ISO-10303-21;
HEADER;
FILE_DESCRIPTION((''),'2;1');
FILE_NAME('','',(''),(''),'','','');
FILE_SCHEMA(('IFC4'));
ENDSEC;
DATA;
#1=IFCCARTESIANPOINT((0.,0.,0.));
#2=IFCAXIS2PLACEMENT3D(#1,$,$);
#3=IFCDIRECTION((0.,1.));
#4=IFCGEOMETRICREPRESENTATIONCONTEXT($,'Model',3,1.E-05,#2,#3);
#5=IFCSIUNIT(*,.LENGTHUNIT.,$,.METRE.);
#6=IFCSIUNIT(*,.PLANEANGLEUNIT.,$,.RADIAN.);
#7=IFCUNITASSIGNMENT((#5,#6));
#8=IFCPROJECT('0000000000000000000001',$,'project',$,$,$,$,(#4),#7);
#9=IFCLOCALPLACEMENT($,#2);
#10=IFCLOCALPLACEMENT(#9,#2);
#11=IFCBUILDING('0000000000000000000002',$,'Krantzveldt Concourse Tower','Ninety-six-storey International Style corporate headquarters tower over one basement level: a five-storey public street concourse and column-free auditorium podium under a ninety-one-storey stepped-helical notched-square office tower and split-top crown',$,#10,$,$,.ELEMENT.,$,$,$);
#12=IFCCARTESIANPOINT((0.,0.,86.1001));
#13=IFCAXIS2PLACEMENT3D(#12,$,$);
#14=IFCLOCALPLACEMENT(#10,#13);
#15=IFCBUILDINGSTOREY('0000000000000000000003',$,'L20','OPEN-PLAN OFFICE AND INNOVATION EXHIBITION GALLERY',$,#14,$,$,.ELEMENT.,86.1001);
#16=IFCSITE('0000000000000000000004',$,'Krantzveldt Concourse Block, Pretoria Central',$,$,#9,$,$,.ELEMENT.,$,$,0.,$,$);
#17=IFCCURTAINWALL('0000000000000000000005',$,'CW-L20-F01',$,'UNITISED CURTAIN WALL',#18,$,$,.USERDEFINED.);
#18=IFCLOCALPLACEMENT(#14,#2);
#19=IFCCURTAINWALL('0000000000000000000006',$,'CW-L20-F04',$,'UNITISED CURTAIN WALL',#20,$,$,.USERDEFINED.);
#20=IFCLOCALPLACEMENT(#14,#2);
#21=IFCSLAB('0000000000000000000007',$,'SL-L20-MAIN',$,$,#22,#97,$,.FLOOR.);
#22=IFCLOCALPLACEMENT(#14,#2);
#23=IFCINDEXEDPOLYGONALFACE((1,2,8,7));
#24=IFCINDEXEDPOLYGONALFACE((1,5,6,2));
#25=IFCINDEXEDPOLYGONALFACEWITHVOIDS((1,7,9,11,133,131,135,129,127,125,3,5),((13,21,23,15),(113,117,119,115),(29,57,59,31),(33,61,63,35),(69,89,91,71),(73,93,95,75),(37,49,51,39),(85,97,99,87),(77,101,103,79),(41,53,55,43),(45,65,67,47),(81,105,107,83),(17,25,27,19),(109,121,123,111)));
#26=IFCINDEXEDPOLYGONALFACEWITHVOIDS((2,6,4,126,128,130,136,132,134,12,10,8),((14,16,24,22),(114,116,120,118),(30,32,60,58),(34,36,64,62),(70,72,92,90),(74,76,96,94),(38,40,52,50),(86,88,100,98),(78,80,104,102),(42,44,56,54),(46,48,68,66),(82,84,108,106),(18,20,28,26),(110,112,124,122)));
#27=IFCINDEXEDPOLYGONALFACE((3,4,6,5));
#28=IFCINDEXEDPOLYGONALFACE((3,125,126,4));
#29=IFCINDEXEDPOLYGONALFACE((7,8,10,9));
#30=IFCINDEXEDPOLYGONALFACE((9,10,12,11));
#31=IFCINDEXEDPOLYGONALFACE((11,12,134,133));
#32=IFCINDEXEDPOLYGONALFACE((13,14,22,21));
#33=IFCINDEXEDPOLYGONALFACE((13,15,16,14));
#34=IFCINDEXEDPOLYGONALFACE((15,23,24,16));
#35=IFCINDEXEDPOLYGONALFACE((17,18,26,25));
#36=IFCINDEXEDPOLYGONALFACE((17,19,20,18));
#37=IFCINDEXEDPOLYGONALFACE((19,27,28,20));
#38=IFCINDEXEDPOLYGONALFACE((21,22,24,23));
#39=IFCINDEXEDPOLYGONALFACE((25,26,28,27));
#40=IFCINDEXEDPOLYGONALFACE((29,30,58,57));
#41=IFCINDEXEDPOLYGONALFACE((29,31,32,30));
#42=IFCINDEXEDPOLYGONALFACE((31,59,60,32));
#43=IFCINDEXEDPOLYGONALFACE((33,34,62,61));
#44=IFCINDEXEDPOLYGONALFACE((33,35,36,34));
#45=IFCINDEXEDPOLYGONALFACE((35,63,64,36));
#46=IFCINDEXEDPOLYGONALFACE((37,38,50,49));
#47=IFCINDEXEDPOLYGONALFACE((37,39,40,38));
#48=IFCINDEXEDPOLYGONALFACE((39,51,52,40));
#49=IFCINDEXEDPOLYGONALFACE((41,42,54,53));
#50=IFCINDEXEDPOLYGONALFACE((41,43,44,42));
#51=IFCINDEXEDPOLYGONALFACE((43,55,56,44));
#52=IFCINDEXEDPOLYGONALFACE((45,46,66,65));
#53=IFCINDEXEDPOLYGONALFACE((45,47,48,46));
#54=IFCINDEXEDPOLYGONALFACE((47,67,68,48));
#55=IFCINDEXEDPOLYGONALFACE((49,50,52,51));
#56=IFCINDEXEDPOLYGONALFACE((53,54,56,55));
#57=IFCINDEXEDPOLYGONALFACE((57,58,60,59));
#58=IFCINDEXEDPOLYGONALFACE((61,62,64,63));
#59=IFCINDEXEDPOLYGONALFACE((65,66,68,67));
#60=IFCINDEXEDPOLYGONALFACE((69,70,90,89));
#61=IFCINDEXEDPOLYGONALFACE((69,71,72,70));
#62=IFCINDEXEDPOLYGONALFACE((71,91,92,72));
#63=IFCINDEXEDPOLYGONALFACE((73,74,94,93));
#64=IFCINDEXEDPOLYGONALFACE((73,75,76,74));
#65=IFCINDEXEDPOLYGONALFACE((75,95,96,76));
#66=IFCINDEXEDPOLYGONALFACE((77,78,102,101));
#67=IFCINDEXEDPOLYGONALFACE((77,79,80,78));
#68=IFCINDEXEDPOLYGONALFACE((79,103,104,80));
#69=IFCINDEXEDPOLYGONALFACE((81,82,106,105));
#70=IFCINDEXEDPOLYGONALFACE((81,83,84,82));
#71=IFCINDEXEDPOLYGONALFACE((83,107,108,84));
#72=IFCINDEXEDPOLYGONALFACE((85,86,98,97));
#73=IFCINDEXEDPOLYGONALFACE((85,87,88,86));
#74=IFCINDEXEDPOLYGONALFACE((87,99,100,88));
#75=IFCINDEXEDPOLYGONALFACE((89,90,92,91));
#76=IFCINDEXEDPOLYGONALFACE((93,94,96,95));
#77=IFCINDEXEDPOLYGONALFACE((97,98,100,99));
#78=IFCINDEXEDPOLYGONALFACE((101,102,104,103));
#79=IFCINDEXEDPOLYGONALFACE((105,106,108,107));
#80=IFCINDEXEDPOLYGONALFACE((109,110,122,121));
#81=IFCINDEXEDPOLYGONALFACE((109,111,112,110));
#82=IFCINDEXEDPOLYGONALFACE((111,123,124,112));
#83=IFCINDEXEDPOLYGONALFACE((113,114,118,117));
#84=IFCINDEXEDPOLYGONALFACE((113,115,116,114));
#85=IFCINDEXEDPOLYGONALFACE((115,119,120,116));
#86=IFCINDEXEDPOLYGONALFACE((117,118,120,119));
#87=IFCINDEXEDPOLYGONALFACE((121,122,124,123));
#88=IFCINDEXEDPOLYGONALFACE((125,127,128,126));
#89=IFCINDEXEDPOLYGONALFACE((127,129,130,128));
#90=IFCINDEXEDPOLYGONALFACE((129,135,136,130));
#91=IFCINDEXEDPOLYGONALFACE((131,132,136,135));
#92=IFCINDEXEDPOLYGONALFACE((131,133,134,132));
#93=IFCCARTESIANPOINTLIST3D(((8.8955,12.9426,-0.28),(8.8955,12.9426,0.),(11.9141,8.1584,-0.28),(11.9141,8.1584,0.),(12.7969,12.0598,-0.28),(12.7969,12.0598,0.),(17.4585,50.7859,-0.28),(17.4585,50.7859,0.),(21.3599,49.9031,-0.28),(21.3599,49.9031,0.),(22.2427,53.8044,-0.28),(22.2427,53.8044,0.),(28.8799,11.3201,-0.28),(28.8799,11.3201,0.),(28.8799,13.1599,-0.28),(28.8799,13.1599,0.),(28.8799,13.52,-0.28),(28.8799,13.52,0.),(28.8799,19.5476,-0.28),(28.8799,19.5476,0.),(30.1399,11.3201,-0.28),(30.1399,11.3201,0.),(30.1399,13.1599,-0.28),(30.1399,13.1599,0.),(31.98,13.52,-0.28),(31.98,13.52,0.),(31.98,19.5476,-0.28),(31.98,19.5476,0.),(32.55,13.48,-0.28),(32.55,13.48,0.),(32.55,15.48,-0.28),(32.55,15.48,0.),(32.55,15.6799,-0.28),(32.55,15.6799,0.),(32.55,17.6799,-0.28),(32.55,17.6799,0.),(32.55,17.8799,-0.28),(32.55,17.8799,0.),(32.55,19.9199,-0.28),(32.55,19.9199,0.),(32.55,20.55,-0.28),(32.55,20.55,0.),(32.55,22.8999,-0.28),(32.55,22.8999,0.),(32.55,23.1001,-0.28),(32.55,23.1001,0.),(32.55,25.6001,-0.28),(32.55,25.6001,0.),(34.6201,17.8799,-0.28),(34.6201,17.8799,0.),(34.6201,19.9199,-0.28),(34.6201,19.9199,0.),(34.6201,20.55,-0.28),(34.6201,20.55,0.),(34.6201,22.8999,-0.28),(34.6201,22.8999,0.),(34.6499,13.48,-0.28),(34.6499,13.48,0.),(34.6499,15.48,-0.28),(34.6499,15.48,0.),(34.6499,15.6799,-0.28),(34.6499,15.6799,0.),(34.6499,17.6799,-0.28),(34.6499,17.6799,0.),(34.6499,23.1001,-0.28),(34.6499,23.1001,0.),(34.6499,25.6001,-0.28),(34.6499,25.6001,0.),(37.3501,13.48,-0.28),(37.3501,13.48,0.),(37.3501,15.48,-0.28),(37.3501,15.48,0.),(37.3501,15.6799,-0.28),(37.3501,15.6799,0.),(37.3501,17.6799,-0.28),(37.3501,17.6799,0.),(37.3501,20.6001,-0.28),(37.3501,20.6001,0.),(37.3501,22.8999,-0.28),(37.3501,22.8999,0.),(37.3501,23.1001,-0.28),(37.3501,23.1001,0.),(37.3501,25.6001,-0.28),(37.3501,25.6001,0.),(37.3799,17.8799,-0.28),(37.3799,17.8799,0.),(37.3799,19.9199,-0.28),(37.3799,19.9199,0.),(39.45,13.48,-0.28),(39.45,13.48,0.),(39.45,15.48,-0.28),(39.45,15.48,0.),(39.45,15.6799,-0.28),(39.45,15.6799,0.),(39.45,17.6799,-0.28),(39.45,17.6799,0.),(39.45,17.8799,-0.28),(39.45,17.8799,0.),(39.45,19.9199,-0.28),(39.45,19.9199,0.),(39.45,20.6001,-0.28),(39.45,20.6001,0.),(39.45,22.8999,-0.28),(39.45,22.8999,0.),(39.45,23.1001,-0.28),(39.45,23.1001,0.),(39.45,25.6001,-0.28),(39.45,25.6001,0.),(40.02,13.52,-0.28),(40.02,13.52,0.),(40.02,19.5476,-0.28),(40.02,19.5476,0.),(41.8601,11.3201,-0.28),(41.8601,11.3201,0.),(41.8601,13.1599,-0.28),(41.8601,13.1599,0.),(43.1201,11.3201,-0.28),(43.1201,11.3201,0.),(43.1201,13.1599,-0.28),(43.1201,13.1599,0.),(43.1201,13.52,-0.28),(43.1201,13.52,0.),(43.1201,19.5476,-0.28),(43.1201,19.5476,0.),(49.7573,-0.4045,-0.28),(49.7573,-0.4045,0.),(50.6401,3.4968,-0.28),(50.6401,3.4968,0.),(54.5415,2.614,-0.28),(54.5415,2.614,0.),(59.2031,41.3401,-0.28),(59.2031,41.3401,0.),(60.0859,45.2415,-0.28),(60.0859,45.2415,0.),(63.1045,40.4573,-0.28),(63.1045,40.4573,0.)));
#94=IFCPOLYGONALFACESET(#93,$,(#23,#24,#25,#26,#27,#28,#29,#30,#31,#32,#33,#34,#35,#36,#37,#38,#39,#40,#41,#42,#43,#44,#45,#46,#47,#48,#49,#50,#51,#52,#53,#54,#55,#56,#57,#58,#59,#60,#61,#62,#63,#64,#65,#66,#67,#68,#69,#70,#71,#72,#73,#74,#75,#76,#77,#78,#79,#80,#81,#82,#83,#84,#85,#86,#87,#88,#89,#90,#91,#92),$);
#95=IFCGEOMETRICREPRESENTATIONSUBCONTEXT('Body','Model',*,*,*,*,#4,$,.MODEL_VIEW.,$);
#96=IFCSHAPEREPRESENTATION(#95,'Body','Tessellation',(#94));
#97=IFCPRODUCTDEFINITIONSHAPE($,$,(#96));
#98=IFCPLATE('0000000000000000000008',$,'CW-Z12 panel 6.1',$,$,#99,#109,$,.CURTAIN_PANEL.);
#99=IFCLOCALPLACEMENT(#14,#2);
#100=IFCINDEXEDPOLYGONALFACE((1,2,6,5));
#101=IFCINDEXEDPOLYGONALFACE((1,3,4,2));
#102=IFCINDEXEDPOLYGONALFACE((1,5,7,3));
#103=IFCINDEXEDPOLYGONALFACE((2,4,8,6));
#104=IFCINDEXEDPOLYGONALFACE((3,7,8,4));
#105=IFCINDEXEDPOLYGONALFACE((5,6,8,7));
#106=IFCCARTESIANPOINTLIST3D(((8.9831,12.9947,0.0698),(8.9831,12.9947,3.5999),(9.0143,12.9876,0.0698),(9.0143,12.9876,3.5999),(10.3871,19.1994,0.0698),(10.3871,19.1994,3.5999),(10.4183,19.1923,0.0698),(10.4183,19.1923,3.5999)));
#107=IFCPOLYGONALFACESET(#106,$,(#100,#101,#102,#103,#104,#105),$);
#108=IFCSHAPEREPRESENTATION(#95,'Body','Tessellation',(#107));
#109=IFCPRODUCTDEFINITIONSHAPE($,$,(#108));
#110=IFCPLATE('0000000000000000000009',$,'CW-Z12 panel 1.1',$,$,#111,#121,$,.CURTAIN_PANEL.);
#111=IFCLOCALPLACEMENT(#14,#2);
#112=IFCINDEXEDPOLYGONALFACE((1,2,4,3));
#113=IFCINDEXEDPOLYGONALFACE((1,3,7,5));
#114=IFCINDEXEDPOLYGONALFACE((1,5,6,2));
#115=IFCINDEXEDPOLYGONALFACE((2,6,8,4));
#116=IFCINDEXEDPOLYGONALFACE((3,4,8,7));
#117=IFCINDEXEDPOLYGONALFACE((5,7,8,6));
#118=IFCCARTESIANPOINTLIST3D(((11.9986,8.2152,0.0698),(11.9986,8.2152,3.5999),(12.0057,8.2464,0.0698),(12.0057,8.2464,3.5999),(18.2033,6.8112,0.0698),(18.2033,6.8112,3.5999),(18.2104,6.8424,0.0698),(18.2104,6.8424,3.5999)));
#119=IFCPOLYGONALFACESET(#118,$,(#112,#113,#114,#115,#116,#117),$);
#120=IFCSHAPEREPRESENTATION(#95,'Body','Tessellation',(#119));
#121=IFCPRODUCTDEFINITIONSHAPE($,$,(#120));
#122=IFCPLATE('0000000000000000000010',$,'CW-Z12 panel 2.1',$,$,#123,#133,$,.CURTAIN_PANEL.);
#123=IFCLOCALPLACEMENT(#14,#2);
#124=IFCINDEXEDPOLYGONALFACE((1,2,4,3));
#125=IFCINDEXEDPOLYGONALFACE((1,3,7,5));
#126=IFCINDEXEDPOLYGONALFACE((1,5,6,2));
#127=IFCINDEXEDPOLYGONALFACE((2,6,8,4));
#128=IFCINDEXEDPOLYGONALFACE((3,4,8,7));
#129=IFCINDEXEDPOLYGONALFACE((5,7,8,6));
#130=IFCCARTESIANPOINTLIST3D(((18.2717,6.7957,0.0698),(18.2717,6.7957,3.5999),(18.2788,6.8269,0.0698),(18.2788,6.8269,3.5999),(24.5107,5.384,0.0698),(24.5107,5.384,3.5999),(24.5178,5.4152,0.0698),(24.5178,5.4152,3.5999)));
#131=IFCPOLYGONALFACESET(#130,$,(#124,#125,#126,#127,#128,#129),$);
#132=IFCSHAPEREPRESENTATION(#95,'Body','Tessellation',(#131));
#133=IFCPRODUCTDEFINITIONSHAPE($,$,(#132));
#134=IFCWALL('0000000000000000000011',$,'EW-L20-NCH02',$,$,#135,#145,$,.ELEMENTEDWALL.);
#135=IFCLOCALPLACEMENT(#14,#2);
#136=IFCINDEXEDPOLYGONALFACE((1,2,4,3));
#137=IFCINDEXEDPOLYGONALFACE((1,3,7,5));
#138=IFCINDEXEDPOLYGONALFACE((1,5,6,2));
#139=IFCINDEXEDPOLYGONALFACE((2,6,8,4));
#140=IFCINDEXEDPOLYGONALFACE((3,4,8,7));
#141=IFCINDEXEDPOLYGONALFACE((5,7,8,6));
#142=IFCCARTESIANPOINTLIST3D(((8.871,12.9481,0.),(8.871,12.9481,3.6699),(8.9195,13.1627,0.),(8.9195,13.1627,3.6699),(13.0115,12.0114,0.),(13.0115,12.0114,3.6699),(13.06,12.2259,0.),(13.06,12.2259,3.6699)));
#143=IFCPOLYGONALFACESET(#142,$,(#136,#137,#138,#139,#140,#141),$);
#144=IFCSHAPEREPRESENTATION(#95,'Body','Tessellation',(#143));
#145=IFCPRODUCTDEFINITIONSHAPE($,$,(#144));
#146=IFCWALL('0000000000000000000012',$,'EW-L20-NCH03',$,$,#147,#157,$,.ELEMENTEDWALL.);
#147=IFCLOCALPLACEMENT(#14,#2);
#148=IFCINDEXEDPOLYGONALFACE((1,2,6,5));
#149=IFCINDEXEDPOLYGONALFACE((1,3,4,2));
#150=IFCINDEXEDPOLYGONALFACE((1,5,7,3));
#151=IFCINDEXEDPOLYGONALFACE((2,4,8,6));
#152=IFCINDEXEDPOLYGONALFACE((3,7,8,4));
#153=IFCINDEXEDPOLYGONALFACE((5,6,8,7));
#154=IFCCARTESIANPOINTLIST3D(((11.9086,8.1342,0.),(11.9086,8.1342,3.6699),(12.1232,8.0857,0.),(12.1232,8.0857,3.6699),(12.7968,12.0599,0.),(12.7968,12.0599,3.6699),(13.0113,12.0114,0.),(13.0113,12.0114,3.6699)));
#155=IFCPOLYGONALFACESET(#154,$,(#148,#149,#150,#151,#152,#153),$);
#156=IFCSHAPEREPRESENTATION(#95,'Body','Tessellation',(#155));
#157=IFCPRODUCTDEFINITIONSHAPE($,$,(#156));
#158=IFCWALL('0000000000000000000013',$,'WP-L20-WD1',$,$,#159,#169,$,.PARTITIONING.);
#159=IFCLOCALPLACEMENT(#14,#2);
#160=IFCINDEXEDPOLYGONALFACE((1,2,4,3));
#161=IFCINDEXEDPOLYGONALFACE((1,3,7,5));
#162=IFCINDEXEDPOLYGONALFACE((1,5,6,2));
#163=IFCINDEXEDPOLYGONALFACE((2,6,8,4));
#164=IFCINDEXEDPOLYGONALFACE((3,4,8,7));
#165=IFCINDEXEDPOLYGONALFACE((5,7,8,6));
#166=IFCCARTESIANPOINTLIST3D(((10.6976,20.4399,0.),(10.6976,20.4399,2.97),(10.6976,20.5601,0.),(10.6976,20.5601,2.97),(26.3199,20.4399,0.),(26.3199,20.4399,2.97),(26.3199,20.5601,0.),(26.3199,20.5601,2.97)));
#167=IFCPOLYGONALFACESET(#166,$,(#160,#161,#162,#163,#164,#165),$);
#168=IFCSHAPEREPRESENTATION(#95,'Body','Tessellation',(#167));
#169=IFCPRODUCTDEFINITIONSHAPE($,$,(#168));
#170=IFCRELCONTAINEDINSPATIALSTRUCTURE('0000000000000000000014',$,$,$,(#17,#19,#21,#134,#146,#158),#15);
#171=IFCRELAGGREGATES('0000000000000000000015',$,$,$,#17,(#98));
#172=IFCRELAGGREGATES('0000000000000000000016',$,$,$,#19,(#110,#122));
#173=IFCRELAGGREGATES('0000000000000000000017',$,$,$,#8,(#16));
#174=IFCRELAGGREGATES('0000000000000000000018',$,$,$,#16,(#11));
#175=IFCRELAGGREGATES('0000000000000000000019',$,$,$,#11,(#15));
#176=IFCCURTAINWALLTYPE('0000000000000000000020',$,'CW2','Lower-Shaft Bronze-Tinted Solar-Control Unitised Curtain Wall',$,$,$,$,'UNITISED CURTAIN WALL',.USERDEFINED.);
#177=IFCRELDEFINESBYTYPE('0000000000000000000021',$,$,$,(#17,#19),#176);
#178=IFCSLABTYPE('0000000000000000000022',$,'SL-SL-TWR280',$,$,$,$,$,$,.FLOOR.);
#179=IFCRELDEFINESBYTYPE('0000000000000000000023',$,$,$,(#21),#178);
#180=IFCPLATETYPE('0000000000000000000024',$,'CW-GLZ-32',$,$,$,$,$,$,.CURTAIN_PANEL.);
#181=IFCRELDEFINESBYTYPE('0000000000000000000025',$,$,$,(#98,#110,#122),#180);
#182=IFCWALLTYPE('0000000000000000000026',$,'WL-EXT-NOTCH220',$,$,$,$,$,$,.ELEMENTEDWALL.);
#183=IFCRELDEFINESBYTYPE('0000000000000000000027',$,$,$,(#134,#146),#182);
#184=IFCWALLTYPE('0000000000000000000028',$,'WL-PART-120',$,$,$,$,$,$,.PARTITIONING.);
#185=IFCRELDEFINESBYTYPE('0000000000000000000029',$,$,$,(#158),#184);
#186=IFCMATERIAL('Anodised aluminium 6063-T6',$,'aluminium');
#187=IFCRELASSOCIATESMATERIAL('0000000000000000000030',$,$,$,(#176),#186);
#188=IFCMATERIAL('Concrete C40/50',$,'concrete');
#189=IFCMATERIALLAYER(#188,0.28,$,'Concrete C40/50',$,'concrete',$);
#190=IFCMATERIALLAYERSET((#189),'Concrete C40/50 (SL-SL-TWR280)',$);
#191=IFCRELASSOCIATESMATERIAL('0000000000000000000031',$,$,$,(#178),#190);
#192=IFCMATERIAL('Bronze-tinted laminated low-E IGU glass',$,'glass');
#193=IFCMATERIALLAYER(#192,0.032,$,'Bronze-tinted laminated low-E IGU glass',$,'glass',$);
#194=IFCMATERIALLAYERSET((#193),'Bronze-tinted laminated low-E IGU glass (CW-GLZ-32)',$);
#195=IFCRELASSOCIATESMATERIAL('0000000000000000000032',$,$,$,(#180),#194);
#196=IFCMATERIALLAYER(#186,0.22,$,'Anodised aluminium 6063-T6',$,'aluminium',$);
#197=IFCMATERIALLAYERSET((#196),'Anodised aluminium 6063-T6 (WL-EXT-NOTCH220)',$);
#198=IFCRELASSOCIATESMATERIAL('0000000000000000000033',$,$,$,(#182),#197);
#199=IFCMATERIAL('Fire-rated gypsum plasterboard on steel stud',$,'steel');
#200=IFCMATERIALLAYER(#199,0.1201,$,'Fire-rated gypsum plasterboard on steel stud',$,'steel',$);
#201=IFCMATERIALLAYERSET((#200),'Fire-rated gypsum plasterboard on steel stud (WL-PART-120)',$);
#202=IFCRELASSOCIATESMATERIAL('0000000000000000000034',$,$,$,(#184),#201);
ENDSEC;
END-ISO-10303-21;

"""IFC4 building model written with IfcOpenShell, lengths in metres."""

from ifc_helpers import new_model, si_unit, direction, frame, frame_2d, origin, origin_2d, place, context, subcontext, project, spatial, polyline, rectangle, outline, extrude, source, transform, mapped, material, layer, layer_set, type_object, type_shapes, element, aggregate, save


model = new_model("IFC4")

# Units and contexts
model_context = context("Model", 3, precision=1e-05, world=origin(), true_north=direction((0.0, 1.0)))
body_context = subcontext(model_context, "Body", "Model", "MODEL_VIEW")
ifc_project = project(units=[si_unit("LENGTHUNIT", "METRE"), si_unit("PLANEANGLEUNIT", "RADIAN")], contexts=[model_context])

# Site, building, storey
site_placement = place(None, origin())
site = spatial("IfcSite", under=ifc_project, at=site_placement, Name="Krantzveldt Concourse Block, Pretoria Central", CompositionType="ELEMENT", RefElevation=0.0)
building_placement = place(site_placement, origin())
building = spatial("IfcBuilding", under=site, at=building_placement, Name="Krantzveldt Concourse Tower", Description="Ninety-six-storey International Style corporate headquarters tower over one basement level: a five-storey public street concourse and column-free auditorium podium under a ninety-one-storey stepped-helical notched-square office tower and split-top crown", CompositionType="ELEMENT")
storey_placement = place(building_placement, frame((0.0, 0.0, 86.1001)))
storey = spatial("IfcBuildingStorey", under=building, at=storey_placement, Name="L20", Description="OPEN-PLAN OFFICE AND INNOVATION EXHIBITION GALLERY", CompositionType="ELEMENT", Elevation=86.1001)

# Curtain walls
ifc_material_1 = material(Name="Anodised aluminium 6063-T6", Category="aluminium")
curtain_wall_type = type_object("IfcCurtainWallType", Name="CW2", Description="Lower-Shaft Bronze-Tinted Solar-Control Unitised Curtain Wall", ElementType="UNITISED CURTAIN WALL", PredefinedType="USERDEFINED", material=ifc_material_1)
curtain_wall_1_placement = place(storey_placement, origin())
curtain_wall_1 = element("IfcCurtainWall", 1, at=curtain_wall_1_placement, inside=storey, type_object=curtain_wall_type, Name="CW-L20-F01", ObjectType="UNITISED CURTAIN WALL", PredefinedType="USERDEFINED")
curtain_wall_2_placement = place(storey_placement, origin())
curtain_wall_2 = element("IfcCurtainWall", 2, at=curtain_wall_2_placement, inside=storey, type_object=curtain_wall_type, Name="CW-L20-F04", ObjectType="UNITISED CURTAIN WALL", PredefinedType="USERDEFINED")

# Slab
ifc_material_2 = material(Name="Concrete C40/50", Category="concrete")
ifc_layer_1 = layer(ifc_material_2, 0.28, Name="Concrete C40/50", Category="concrete")
ifc_layer_set_1 = layer_set([ifc_layer_1], Name="Concrete C40/50 (SL-SL-TWR280)")
slab_type_1 = type_object("IfcSlabType", Name="SL-SL-TWR280", PredefinedType="FLOOR", material=ifc_layer_set_1)
slab_1_placement = place(storey_placement, frame((0.0, 0.0, -0.28)))
element("IfcSlab", 3, at=slab_1_placement, inside=storey, type_object=slab_type_1, Name="SL-L20-MAIN", PredefinedType="FLOOR", context=body_context, shape_type="SweptSolid", body=[
    extrude(outline(polyline([(21.3599, 49.9031), (17.4585, 50.7859), (8.8955, 12.9426), (12.7969, 12.0598), (11.9141, 8.1584), (49.7573, -0.4045), (50.6401, 3.4968), (54.5415, 2.614), (63.1045, 40.4573), (59.2031, 41.3401), (60.0859, 45.2415), (22.2427, 53.8044), (21.3599, 49.9031)]), holes=[polyline([(28.8799, 19.5476), (28.8799, 13.52), (31.98, 13.52), (31.98, 19.5476), (28.8799, 19.5476)]), polyline([(40.02, 19.5476), (40.02, 13.52), (43.1201, 13.52), (43.1201, 19.5476), (40.02, 19.5476)]), polyline([(32.55, 23.1001), (34.6499, 23.1001), (34.6499, 25.6001), (32.55, 25.6001), (32.55, 23.1001)]), polyline([(37.3501, 23.1001), (39.45, 23.1001), (39.45, 25.6001), (37.3501, 25.6001), (37.3501, 23.1001)]), polyline([(37.3501, 20.6001), (39.45, 20.6001), (39.45, 22.8999), (37.3501, 22.8999), (37.3501, 20.6001)]), polyline([(32.55, 13.48), (34.6499, 13.48), (34.6499, 15.48), (32.55, 15.48), (32.55, 13.48)]), polyline([(32.55, 15.6799), (34.6499, 15.6799), (34.6499, 17.6799), (32.55, 17.6799), (32.55, 15.6799)]), polyline([(37.3501, 13.48), (39.45, 13.48), (39.45, 15.48), (37.3501, 15.48), (37.3501, 13.48)]), polyline([(37.3501, 15.6799), (39.45, 15.6799), (39.45, 17.6799), (37.3501, 17.6799), (37.3501, 15.6799)]), polyline([(32.55, 20.55), (34.6201, 20.55), (34.6201, 22.8999), (32.55, 22.8999), (32.55, 20.55)]), polyline([(32.55, 17.8799), (34.6201, 17.8799), (34.6201, 19.9199), (32.55, 19.9199), (32.55, 17.8799)]), polyline([(37.3799, 17.8799), (39.45, 17.8799), (39.45, 19.9199), (37.3799, 19.9199), (37.3799, 17.8799)]), polyline([(28.8799, 11.3201), (30.1399, 11.3201), (30.1399, 13.1599), (28.8799, 13.1599), (28.8799, 11.3201)]), polyline([(41.8601, 11.3201), (43.1201, 11.3201), (43.1201, 13.1599), (41.8601, 13.1599), (41.8601, 11.3201)])]), origin(), (0.0, 0.0, 1.0), 0.28),
])

# Plates
ifc_material_3 = material(Name="Bronze-tinted laminated low-E IGU glass", Category="glass")
ifc_layer_2 = layer(ifc_material_3, 0.032, Name="Bronze-tinted laminated low-E IGU glass", Category="glass")
ifc_layer_set_2 = layer_set([ifc_layer_2], Name="Bronze-tinted laminated low-E IGU glass (CW-GLZ-32)")
plate_type = type_object("IfcPlateType", Name="CW-GLZ-32", PredefinedType="CURTAIN_PANEL", material=ifc_layer_set_2)
shared_shape_1 = source(origin(), body_context, "Body", "SweptSolid", [
    extrude(rectangle(XDim=6.3616, YDim=0.032, at=origin_2d()), origin(), (0.0, 0.0, 1.0), 3.53),
])
plate_1_placement = place(storey_placement, frame((9.7007, 16.0935, 0.0698), z_axis=(0.0, 0.0, 1.0), x_axis=(-0.220697, -0.975342, 0.0)))
plate_1 = element("IfcPlate", 4, at=plate_1_placement, type_object=plate_type, Name="CW-Z12 panel 6.1", PredefinedType="CURTAIN_PANEL", context=body_context, shape_type="MappedRepresentation", body=[
    mapped(shared_shape_1, transform((0.0, 0.0, 0.0), x_axis=(1.0, 0.0, 0.0), y_axis=(0.0, 1.0, 0.0), z_axis=(0.0, 0.0, 1.0), scale=1.0)),
])
aggregate(curtain_wall_1, [plate_1])
plate_2_placement = place(storey_placement, frame((15.1045, 7.5288, 0.0698), z_axis=(0.0, 0.0, 1.0), x_axis=(0.975342, -0.220697, 0.0)))
plate_2 = element("IfcPlate", 5, at=plate_2_placement, type_object=plate_type, Name="CW-Z12 panel 1.1", PredefinedType="CURTAIN_PANEL", context=body_context, shape_type="MappedRepresentation", body=[
    mapped(shared_shape_1, transform((0.0, 0.0, 0.0), x_axis=(1.0, 0.0, 0.0), y_axis=(0.0, 1.0, 0.0), z_axis=(0.0, 0.0, 1.0), scale=1.0)),
])
shared_shape_2 = source(origin(), body_context, "Body", "SweptSolid", [
    extrude(rectangle(XDim=6.3967, YDim=0.032, at=origin_2d()), origin(), (0.0, 0.0, 1.0), 3.53),
])
type_shapes(plate_type, [shared_shape_1, shared_shape_2])
plate_3_placement = place(storey_placement, frame((21.3948, 6.1055, 0.0698), z_axis=(0.0, 0.0, 1.0), x_axis=(0.975342, -0.220697, 0.0)))
plate_3 = element("IfcPlate", 6, at=plate_3_placement, type_object=plate_type, Name="CW-Z12 panel 2.1", PredefinedType="CURTAIN_PANEL", context=body_context, shape_type="MappedRepresentation", body=[
    mapped(shared_shape_2, transform((0.0, 0.0, 0.0), x_axis=(1.0, 0.0, 0.0), y_axis=(0.0, 1.0, 0.0), z_axis=(0.0, 0.0, 1.0), scale=1.0)),
])
aggregate(curtain_wall_2, [plate_2, plate_3])

# Walls
ifc_layer_3 = layer(ifc_material_1, 0.22, Name="Anodised aluminium 6063-T6", Category="aluminium")
ifc_layer_set_3 = layer_set([ifc_layer_3], Name="Anodised aluminium 6063-T6 (WL-EXT-NOTCH220)")
wall_type_1 = type_object("IfcWallType", Name="WL-EXT-NOTCH220", PredefinedType="ELEMENTEDWALL", material=ifc_layer_set_3)
wall_1_placement = place(storey_placement, frame((8.8953, 13.0554, 0.0), z_axis=(0.0, 0.0, 1.0), x_axis=(0.975348, -0.220674, 0.0)))
element("IfcWall", 7, at=wall_1_placement, inside=storey, type_object=wall_type_1, Name="EW-L20-NCH02", PredefinedType="ELEMENTEDWALL", context=body_context, shape_type="SweptSolid", body=[
    extrude(rectangle(XDim=4.2451, YDim=0.22, at=frame_2d((2.1226, 0.0))), origin(), (0.0, 0.0, 1.0), 3.6699),
])
wall_2_placement = place(storey_placement, frame((12.9041, 12.0356, 0.0), z_axis=(0.0, 0.0, 1.0), x_axis=(-0.220667, -0.975349, 0.0)))
element("IfcWall", 8, at=wall_2_placement, inside=storey, type_object=wall_type_1, Name="EW-L20-NCH03", PredefinedType="ELEMENTEDWALL", context=body_context, shape_type="SweptSolid", body=[
    extrude(rectangle(XDim=4.0249, YDim=0.22, at=frame_2d((2.0125, 0.0))), origin(), (0.0, 0.0, 1.0), 3.6699),
])
ifc_material_4 = material(Name="Fire-rated gypsum plasterboard on steel stud", Category="steel")
ifc_layer_4 = layer(ifc_material_4, 0.1201, Name="Fire-rated gypsum plasterboard on steel stud", Category="steel")
ifc_layer_set_4 = layer_set([ifc_layer_4], Name="Fire-rated gypsum plasterboard on steel stud (WL-PART-120)")
wall_type_2 = type_object("IfcWallType", Name="WL-PART-120", PredefinedType="PARTITIONING", material=ifc_layer_set_4)
wall_3_placement = place(storey_placement, frame((10.6978, 20.5, 0.0), z_axis=(0.0, 0.0, 1.0), x_axis=(1.0, 0.0, 0.0)))
element("IfcWall", 9, at=wall_3_placement, inside=storey, type_object=wall_type_2, Name="WP-L20-WD1", PredefinedType="PARTITIONING", context=body_context, shape_type="SweptSolid", body=[
    extrude(rectangle(XDim=15.6223, YDim=0.1201, at=frame_2d((7.811, 0.0))), origin(), (0.0, 0.0, 1.0), 2.97),
])

save(model, "model.ifc")
